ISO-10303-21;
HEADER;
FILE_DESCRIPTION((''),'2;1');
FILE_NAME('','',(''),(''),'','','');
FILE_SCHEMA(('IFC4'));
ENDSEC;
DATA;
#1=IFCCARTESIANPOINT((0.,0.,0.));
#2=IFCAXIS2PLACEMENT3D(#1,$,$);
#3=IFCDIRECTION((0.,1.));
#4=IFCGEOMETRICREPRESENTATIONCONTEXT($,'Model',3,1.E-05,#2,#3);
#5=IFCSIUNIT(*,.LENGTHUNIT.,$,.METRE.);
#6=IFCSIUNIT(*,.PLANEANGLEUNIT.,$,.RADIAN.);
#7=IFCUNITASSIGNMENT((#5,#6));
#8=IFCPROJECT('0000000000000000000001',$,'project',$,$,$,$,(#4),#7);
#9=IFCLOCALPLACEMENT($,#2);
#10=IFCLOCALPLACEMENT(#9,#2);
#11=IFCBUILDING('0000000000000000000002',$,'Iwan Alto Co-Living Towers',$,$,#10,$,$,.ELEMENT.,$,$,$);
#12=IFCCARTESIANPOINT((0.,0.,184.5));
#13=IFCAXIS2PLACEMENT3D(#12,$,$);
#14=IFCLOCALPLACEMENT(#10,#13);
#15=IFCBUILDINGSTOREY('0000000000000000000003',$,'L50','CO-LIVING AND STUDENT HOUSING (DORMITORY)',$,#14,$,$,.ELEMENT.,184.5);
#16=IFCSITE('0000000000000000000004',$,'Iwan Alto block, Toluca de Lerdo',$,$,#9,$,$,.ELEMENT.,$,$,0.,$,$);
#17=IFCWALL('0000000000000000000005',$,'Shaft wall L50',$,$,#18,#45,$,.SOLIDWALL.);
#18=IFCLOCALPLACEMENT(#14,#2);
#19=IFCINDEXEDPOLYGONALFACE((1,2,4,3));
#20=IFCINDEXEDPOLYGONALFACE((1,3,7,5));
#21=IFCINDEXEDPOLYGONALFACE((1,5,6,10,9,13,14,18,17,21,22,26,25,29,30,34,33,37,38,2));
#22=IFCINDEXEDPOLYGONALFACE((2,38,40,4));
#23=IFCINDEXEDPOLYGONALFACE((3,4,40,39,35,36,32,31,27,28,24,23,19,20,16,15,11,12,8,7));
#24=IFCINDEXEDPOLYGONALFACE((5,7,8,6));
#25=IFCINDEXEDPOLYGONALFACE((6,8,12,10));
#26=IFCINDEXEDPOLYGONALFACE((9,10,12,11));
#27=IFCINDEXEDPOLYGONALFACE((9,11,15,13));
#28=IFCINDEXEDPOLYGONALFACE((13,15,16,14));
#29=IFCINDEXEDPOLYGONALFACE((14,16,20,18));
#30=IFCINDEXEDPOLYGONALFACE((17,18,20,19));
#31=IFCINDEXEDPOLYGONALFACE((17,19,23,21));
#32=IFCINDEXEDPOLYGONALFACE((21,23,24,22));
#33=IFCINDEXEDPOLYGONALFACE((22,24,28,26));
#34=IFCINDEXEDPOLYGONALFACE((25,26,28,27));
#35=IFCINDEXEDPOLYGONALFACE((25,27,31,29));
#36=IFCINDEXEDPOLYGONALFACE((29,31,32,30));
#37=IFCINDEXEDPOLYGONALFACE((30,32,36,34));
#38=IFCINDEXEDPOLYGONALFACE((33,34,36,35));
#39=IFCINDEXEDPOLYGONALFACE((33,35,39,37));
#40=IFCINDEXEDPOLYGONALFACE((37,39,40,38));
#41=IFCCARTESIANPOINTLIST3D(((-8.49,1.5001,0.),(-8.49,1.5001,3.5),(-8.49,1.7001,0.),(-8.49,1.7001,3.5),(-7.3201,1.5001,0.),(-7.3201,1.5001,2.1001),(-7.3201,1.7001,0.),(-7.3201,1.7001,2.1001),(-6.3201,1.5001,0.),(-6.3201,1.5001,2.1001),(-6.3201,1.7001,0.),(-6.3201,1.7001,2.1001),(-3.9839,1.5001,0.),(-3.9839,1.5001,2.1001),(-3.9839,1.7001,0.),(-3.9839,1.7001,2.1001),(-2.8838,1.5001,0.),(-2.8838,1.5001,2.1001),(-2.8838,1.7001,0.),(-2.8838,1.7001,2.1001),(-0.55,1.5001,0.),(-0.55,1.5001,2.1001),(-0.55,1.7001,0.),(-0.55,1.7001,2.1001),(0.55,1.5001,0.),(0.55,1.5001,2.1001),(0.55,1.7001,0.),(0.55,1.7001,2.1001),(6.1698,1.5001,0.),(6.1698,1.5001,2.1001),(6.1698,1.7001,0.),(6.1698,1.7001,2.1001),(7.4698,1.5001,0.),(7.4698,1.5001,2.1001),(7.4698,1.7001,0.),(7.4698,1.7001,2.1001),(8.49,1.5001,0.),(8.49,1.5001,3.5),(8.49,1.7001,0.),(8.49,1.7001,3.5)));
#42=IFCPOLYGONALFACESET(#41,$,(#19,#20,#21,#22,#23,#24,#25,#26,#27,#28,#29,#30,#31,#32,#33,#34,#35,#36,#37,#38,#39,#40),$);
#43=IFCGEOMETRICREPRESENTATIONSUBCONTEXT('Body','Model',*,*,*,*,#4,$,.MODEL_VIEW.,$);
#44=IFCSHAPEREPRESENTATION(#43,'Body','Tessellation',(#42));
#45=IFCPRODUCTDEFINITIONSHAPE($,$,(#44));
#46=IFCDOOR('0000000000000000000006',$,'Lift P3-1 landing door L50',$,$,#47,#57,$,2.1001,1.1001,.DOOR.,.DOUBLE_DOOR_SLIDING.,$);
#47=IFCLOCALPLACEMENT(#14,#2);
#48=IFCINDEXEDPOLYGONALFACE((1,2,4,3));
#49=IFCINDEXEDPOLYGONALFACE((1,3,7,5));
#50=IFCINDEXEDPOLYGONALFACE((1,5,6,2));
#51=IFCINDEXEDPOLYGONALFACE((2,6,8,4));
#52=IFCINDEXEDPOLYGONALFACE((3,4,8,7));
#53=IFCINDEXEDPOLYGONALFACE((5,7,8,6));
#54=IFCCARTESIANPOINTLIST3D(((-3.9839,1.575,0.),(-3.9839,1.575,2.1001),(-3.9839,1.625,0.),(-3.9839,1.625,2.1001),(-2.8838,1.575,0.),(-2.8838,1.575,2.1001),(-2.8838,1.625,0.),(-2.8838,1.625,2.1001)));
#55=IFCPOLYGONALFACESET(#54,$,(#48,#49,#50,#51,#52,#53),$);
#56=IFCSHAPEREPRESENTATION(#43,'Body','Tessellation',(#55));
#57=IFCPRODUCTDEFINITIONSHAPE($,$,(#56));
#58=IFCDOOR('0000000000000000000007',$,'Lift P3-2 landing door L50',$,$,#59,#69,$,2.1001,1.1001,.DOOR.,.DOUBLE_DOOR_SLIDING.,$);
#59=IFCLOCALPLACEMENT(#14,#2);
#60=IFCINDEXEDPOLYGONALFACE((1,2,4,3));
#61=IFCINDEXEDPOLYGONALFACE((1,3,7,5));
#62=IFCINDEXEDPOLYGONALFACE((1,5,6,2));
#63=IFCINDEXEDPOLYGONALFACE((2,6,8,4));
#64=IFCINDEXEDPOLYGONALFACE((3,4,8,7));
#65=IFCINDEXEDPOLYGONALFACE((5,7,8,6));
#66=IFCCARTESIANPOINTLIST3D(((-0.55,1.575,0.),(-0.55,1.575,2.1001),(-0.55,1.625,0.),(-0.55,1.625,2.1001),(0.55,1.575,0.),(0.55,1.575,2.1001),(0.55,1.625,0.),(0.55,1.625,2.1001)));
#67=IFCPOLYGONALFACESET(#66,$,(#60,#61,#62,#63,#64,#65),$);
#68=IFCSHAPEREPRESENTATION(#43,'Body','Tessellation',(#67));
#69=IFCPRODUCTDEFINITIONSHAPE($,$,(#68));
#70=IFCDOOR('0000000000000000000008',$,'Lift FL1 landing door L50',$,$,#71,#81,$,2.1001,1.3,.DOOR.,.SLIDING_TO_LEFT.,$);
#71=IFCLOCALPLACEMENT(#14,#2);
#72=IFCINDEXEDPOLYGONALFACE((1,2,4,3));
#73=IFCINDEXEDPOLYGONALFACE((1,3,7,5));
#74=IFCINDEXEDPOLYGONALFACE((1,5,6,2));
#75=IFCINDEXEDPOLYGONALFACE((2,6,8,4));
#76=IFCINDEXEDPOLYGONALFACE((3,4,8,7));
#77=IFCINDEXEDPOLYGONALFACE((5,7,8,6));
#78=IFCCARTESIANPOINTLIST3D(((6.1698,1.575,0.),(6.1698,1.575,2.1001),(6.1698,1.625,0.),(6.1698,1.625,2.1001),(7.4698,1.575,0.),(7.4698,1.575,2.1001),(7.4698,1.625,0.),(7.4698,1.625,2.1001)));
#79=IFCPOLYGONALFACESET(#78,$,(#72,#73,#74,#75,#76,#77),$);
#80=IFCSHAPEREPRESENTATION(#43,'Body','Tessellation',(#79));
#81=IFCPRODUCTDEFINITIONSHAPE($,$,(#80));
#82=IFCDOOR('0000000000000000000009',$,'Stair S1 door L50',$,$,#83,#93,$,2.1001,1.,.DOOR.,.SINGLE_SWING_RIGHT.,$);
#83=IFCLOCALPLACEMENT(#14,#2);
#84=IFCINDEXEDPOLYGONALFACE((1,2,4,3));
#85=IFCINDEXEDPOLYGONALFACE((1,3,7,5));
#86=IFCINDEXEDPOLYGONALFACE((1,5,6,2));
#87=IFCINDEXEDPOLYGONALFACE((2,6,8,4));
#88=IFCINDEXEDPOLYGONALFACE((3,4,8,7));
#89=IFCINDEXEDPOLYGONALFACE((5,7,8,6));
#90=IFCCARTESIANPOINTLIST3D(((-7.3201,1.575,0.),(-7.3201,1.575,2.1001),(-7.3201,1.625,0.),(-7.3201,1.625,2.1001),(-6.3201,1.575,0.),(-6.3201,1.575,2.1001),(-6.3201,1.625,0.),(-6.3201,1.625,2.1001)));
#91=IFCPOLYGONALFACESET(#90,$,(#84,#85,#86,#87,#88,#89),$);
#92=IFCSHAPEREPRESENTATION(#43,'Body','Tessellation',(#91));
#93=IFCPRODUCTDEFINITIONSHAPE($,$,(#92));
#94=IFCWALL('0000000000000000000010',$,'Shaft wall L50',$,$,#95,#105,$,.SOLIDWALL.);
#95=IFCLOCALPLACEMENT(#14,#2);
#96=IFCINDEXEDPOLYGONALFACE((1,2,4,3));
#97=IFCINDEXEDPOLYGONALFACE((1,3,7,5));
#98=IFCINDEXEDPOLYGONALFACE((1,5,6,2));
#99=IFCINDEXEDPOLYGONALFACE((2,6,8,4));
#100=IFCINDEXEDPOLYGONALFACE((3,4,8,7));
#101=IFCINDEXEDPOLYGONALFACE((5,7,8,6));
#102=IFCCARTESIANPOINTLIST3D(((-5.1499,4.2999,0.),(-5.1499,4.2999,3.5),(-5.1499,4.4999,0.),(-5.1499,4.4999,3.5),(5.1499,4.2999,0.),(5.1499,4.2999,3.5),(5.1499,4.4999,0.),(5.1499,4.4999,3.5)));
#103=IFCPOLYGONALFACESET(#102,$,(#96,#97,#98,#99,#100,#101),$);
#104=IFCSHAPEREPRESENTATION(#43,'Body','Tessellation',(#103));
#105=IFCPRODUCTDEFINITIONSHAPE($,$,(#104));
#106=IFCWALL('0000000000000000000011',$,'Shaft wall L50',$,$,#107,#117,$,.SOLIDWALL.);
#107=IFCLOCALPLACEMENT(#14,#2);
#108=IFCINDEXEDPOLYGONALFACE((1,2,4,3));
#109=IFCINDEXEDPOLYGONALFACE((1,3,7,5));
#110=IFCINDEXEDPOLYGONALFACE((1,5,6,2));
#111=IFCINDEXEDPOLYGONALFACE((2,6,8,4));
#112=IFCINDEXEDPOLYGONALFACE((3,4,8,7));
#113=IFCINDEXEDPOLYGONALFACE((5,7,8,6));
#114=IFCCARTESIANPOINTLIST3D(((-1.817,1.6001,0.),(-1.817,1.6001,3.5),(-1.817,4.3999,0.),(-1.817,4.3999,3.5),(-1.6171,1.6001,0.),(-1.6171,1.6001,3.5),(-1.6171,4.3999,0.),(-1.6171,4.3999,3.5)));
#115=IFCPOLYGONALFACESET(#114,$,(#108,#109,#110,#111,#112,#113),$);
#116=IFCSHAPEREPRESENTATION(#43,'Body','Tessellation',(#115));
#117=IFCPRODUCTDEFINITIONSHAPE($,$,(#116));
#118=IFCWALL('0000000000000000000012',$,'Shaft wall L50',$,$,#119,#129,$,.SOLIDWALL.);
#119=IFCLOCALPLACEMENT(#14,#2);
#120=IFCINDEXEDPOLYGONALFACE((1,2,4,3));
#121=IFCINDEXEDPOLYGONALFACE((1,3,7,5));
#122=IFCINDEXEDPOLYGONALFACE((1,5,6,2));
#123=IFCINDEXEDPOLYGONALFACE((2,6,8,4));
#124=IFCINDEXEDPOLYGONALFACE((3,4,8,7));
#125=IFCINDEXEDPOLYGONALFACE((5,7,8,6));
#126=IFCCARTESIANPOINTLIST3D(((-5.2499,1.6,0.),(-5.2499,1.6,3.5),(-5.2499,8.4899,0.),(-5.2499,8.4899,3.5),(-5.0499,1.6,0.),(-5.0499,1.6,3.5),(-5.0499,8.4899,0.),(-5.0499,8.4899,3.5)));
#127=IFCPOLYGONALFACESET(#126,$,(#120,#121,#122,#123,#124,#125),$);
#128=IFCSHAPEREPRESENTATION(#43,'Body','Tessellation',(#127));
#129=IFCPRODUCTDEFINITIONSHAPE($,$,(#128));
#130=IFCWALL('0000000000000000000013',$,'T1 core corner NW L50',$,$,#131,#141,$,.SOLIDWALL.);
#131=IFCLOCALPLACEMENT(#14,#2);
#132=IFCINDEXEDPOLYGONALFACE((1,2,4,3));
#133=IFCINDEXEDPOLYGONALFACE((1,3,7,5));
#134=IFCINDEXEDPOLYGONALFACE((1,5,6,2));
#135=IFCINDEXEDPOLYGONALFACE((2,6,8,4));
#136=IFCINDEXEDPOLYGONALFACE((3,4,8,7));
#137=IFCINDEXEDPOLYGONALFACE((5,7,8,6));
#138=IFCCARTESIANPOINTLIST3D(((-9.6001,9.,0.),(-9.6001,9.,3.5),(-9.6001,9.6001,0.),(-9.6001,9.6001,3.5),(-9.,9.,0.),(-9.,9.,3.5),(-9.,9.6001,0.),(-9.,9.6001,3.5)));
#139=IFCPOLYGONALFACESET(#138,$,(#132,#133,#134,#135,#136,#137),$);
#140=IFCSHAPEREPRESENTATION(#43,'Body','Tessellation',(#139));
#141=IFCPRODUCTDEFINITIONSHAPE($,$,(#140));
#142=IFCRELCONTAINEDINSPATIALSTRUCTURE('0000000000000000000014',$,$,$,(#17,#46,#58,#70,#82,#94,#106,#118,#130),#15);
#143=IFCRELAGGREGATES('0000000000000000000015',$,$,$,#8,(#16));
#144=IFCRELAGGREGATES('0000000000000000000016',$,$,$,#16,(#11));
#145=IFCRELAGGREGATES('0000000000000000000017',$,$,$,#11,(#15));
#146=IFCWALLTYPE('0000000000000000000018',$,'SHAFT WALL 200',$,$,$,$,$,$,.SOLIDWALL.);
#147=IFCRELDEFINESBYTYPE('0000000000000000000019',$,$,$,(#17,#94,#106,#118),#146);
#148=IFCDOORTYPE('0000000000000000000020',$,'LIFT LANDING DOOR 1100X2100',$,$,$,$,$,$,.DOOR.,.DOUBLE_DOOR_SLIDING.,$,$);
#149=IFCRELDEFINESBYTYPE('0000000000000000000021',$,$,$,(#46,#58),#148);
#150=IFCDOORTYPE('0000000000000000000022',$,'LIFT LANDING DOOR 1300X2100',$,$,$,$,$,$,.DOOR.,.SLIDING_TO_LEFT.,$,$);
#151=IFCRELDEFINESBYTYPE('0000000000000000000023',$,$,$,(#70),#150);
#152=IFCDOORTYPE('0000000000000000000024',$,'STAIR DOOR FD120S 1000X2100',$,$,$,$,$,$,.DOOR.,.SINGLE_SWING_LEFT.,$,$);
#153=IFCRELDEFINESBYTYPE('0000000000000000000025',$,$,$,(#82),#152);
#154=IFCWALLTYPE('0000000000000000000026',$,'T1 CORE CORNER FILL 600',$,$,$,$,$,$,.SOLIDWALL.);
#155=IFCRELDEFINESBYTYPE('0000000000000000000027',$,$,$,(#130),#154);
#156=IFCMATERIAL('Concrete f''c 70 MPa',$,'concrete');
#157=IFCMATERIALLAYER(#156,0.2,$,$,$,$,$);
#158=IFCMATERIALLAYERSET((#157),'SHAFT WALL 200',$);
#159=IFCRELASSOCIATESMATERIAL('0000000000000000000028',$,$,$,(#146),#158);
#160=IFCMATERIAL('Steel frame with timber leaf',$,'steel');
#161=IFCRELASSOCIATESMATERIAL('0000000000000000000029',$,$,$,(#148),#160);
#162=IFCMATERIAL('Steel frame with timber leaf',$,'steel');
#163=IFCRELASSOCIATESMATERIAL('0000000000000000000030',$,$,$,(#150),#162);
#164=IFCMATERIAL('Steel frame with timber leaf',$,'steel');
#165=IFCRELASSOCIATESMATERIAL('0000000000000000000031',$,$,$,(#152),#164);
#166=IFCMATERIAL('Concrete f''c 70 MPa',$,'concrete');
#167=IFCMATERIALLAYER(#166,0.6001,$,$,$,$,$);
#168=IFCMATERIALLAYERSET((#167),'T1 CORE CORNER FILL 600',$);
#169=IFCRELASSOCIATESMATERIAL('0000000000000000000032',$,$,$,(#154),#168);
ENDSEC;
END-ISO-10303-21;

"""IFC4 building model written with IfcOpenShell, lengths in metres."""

from ifc_helpers import new_model, si_unit, direction, frame, frame_2d, origin, place, context, subcontext, project, spatial, rectangle, extrude, material, layer, layer_set, type_object, element, fill, save


model = new_model("IFC4")

# Units and contexts
model_context = context("Model", 3, precision=1e-05, world=origin(), true_north=direction((0.0, 1.0)))
body_context = subcontext(model_context, "Body", "Model", "MODEL_VIEW")
ifc_project = project(units=[si_unit("LENGTHUNIT", "METRE"), si_unit("PLANEANGLEUNIT", "RADIAN")], contexts=[model_context])

# Site, building, storey
site_placement = place(None, origin())
site = spatial("IfcSite", under=ifc_project, at=site_placement, Name="Iwan Alto block, Toluca de Lerdo", CompositionType="ELEMENT", RefElevation=0.0)
building_placement = place(site_placement, origin())
building = spatial("IfcBuilding", under=site, at=building_placement, Name="Iwan Alto Co-Living Towers", CompositionType="ELEMENT")
storey_placement = place(building_placement, frame((0.0, 0.0, 184.5)))
storey = spatial("IfcBuildingStorey", under=building, at=storey_placement, Name="L50", Description="CO-LIVING AND STUDENT HOUSING (DORMITORY)", CompositionType="ELEMENT", Elevation=184.5)

# Wall, openings, doors
ifc_material_1 = material(Name="Concrete f'c 70 MPa", Category="concrete")
ifc_layer_1 = layer(ifc_material_1, 0.2)
ifc_layer_set_1 = layer_set([ifc_layer_1], Name="SHAFT WALL 200")
wall_type_1 = type_object("IfcWallType", Name="SHAFT WALL 200", PredefinedType="SOLIDWALL", material=ifc_layer_set_1)
wall_1_placement = place(storey_placement, frame((-8.49, 1.6001, 0.0), z_axis=(0.0, 0.0, 1.0), x_axis=(1.0, 0.0, 0.0)))
wall_1 = element("IfcWall", 1, at=wall_1_placement, inside=storey, type_object=wall_type_1, Name="Shaft wall L50", PredefinedType="SOLIDWALL", context=body_context, shape_type="SweptSolid", body=[
    extrude(rectangle(XDim=16.98, YDim=0.2, at=frame_2d((8.49, 0.0))), origin(), (0.0, 0.0, 1.0), 3.5),
])
opening_1_placement = place(wall_1_placement, frame((1.1699, 0.0, 0.0)))
opening_1 = element("IfcOpeningElement", 2, at=opening_1_placement, cuts=wall_1, PredefinedType="OPENING", context=body_context, shape_type="SweptSolid", body=[
    extrude(rectangle(XDim=1.0, YDim=2.1001, at=frame_2d((0.5, 1.05))), frame((0.0, 0.1099, 0.0), z_axis=(0.0, -1.0, 0.0), x_axis=(1.0, 0.0, 0.0)), (0.0, 0.0, 1.0), 0.22),
])
opening_2_placement = place(wall_1_placement, frame((4.5061, 0.0, 0.0)))
opening_2 = element("IfcOpeningElement", 3, at=opening_2_placement, cuts=wall_1, PredefinedType="OPENING", context=body_context, shape_type="SweptSolid", body=[
    extrude(rectangle(XDim=1.1001, YDim=2.1001, at=frame_2d((0.55, 1.05))), frame((0.0, 0.1099, 0.0), z_axis=(0.0, -1.0, 0.0), x_axis=(1.0, 0.0, 0.0)), (0.0, 0.0, 1.0), 0.22),
])
opening_3_placement = place(wall_1_placement, frame((7.9399, 0.0, 0.0)))
opening_3 = element("IfcOpeningElement", 4, at=opening_3_placement, cuts=wall_1, PredefinedType="OPENING", context=body_context, shape_type="SweptSolid", body=[
    extrude(rectangle(XDim=1.1001, YDim=2.1001, at=frame_2d((0.55, 1.05))), frame((0.0, 0.1099, 0.0), z_axis=(0.0, -1.0, 0.0), x_axis=(1.0, 0.0, 0.0)), (0.0, 0.0, 1.0), 0.22),
])
opening_4_placement = place(wall_1_placement, frame((14.6599, 0.0, 0.0)))
opening_4 = element("IfcOpeningElement", 5, at=opening_4_placement, cuts=wall_1, PredefinedType="OPENING", context=body_context, shape_type="SweptSolid", body=[
    extrude(rectangle(XDim=1.3, YDim=2.1001, at=frame_2d((0.6499, 1.05))), frame((0.0, 0.1099, 0.0), z_axis=(0.0, -1.0, 0.0), x_axis=(1.0, 0.0, 0.0)), (0.0, 0.0, 1.0), 0.22),
])
ifc_material_2 = material(Name="Steel frame with timber leaf", Category="steel")
door_type_1 = type_object("IfcDoorType", Name="LIFT LANDING DOOR 1100X2100", OperationType="DOUBLE_DOOR_SLIDING", PredefinedType="DOOR", material=ifc_material_2)
door_1_placement = place(opening_2_placement, origin())
door_1 = element("IfcDoor", 6, at=door_1_placement, inside=storey, type_object=door_type_1, Name="Lift P3-1 landing door L50", OperationType="DOUBLE_DOOR_SLIDING", OverallHeight=2.1001, OverallWidth=1.1001, PredefinedType="DOOR", context=body_context, shape_type="SweptSolid", body=[
    extrude(rectangle(XDim=1.1001, YDim=2.1001, at=frame_2d((0.55, 1.05))), frame((0.0, 0.0249, 0.0), z_axis=(0.0, -1.0, 0.0), x_axis=(1.0, 0.0, 0.0)), (0.0, 0.0, 1.0), 0.05),
])
fill(opening_2, door_1)
door_2_placement = place(opening_3_placement, origin())
door_2 = element("IfcDoor", 7, at=door_2_placement, inside=storey, type_object=door_type_1, Name="Lift P3-2 landing door L50", OperationType="DOUBLE_DOOR_SLIDING", OverallHeight=2.1001, OverallWidth=1.1001, PredefinedType="DOOR", context=body_context, shape_type="SweptSolid", body=[
    extrude(rectangle(XDim=1.1001, YDim=2.1001, at=frame_2d((0.55, 1.05))), frame((0.0, 0.0249, 0.0), z_axis=(0.0, -1.0, 0.0), x_axis=(1.0, 0.0, 0.0)), (0.0, 0.0, 1.0), 0.05),
])
fill(opening_3, door_2)
ifc_material_3 = material(Name="Steel frame with timber leaf", Category="steel")
door_type_2 = type_object("IfcDoorType", Name="LIFT LANDING DOOR 1300X2100", OperationType="SLIDING_TO_LEFT", PredefinedType="DOOR", material=ifc_material_3)
door_3_placement = place(opening_4_placement, origin())
door_3 = element("IfcDoor", 8, at=door_3_placement, inside=storey, type_object=door_type_2, Name="Lift FL1 landing door L50", OperationType="SLIDING_TO_LEFT", OverallHeight=2.1001, OverallWidth=1.3, PredefinedType="DOOR", context=body_context, shape_type="SweptSolid", body=[
    extrude(rectangle(XDim=1.3, YDim=2.1001, at=frame_2d((0.6499, 1.05))), frame((0.0, 0.0249, 0.0), z_axis=(0.0, -1.0, 0.0), x_axis=(1.0, 0.0, 0.0)), (0.0, 0.0, 1.0), 0.05),
])
fill(opening_4, door_3)
ifc_material_4 = material(Name="Steel frame with timber leaf", Category="steel")
door_type_3 = type_object("IfcDoorType", Name="STAIR DOOR FD120S 1000X2100", OperationType="SINGLE_SWING_LEFT", PredefinedType="DOOR", material=ifc_material_4)
door_4_placement = place(opening_1_placement, origin())
door_4 = element("IfcDoor", 9, at=door_4_placement, inside=storey, type_object=door_type_3, Name="Stair S1 door L50", OperationType="SINGLE_SWING_RIGHT", OverallHeight=2.1001, OverallWidth=1.0, PredefinedType="DOOR", context=body_context, shape_type="SweptSolid", body=[
    extrude(rectangle(XDim=1.0, YDim=2.1001, at=frame_2d((0.5, 1.05))), frame((0.0, 0.0249, 0.0), z_axis=(0.0, -1.0, 0.0), x_axis=(1.0, 0.0, 0.0)), (0.0, 0.0, 1.0), 0.05),
])
fill(opening_1, door_4)

# Walls
wall_2_placement = place(storey_placement, frame((-5.1499, 4.3999, 0.0), z_axis=(0.0, 0.0, 1.0), x_axis=(1.0, 0.0, 0.0)))
element("IfcWall", 10, at=wall_2_placement, inside=storey, type_object=wall_type_1, Name="Shaft wall L50", PredefinedType="SOLIDWALL", context=body_context, shape_type="SweptSolid", body=[
    extrude(rectangle(XDim=10.2998, YDim=0.2, at=frame_2d((5.1499, 0.0))), origin(), (0.0, 0.0, 1.0), 3.5),
])
wall_3_placement = place(storey_placement, frame((-1.717, 1.6001, 0.0), z_axis=(0.0, 0.0, 1.0), x_axis=(0.0, 1.0, 0.0)))
element("IfcWall", 11, at=wall_3_placement, inside=storey, type_object=wall_type_1, Name="Shaft wall L50", PredefinedType="SOLIDWALL", context=body_context, shape_type="SweptSolid", body=[
    extrude(rectangle(XDim=2.7998, YDim=0.2, at=frame_2d((1.3999, 0.0))), origin(), (0.0, 0.0, 1.0), 3.5),
])
wall_4_placement = place(storey_placement, frame((-5.1499, 1.6001, 0.0), z_axis=(0.0, 0.0, 1.0), x_axis=(0.0, 1.0, 0.0)))
element("IfcWall", 12, at=wall_4_placement, inside=storey, type_object=wall_type_1, Name="Shaft wall L50", PredefinedType="SOLIDWALL", context=body_context, shape_type="SweptSolid", body=[
    extrude(rectangle(XDim=6.8899, YDim=0.2, at=frame_2d((3.4448, 0.0))), origin(), (0.0, 0.0, 1.0), 3.5),
])
ifc_material_5 = material(Name="Concrete f'c 70 MPa", Category="concrete")
ifc_layer_2 = layer(ifc_material_5, 0.6001)
ifc_layer_set_2 = layer_set([ifc_layer_2], Name="T1 CORE CORNER FILL 600")
wall_type_2 = type_object("IfcWallType", Name="T1 CORE CORNER FILL 600", PredefinedType="SOLIDWALL", material=ifc_layer_set_2)
wall_5_placement = place(storey_placement, frame((-9.6001, 9.3, 0.0), z_axis=(0.0, 0.0, 1.0), x_axis=(1.0, 0.0, 0.0)))
element("IfcWall", 13, at=wall_5_placement, inside=storey, type_object=wall_type_2, Name="T1 core corner NW L50", PredefinedType="SOLIDWALL", context=body_context, shape_type="SweptSolid", body=[
    extrude(rectangle(XDim=0.6001, YDim=0.6001, at=frame_2d((0.3, 0.0))), origin(), (0.0, 0.0, 1.0), 3.5),
])

save(model, "model.ifc")
